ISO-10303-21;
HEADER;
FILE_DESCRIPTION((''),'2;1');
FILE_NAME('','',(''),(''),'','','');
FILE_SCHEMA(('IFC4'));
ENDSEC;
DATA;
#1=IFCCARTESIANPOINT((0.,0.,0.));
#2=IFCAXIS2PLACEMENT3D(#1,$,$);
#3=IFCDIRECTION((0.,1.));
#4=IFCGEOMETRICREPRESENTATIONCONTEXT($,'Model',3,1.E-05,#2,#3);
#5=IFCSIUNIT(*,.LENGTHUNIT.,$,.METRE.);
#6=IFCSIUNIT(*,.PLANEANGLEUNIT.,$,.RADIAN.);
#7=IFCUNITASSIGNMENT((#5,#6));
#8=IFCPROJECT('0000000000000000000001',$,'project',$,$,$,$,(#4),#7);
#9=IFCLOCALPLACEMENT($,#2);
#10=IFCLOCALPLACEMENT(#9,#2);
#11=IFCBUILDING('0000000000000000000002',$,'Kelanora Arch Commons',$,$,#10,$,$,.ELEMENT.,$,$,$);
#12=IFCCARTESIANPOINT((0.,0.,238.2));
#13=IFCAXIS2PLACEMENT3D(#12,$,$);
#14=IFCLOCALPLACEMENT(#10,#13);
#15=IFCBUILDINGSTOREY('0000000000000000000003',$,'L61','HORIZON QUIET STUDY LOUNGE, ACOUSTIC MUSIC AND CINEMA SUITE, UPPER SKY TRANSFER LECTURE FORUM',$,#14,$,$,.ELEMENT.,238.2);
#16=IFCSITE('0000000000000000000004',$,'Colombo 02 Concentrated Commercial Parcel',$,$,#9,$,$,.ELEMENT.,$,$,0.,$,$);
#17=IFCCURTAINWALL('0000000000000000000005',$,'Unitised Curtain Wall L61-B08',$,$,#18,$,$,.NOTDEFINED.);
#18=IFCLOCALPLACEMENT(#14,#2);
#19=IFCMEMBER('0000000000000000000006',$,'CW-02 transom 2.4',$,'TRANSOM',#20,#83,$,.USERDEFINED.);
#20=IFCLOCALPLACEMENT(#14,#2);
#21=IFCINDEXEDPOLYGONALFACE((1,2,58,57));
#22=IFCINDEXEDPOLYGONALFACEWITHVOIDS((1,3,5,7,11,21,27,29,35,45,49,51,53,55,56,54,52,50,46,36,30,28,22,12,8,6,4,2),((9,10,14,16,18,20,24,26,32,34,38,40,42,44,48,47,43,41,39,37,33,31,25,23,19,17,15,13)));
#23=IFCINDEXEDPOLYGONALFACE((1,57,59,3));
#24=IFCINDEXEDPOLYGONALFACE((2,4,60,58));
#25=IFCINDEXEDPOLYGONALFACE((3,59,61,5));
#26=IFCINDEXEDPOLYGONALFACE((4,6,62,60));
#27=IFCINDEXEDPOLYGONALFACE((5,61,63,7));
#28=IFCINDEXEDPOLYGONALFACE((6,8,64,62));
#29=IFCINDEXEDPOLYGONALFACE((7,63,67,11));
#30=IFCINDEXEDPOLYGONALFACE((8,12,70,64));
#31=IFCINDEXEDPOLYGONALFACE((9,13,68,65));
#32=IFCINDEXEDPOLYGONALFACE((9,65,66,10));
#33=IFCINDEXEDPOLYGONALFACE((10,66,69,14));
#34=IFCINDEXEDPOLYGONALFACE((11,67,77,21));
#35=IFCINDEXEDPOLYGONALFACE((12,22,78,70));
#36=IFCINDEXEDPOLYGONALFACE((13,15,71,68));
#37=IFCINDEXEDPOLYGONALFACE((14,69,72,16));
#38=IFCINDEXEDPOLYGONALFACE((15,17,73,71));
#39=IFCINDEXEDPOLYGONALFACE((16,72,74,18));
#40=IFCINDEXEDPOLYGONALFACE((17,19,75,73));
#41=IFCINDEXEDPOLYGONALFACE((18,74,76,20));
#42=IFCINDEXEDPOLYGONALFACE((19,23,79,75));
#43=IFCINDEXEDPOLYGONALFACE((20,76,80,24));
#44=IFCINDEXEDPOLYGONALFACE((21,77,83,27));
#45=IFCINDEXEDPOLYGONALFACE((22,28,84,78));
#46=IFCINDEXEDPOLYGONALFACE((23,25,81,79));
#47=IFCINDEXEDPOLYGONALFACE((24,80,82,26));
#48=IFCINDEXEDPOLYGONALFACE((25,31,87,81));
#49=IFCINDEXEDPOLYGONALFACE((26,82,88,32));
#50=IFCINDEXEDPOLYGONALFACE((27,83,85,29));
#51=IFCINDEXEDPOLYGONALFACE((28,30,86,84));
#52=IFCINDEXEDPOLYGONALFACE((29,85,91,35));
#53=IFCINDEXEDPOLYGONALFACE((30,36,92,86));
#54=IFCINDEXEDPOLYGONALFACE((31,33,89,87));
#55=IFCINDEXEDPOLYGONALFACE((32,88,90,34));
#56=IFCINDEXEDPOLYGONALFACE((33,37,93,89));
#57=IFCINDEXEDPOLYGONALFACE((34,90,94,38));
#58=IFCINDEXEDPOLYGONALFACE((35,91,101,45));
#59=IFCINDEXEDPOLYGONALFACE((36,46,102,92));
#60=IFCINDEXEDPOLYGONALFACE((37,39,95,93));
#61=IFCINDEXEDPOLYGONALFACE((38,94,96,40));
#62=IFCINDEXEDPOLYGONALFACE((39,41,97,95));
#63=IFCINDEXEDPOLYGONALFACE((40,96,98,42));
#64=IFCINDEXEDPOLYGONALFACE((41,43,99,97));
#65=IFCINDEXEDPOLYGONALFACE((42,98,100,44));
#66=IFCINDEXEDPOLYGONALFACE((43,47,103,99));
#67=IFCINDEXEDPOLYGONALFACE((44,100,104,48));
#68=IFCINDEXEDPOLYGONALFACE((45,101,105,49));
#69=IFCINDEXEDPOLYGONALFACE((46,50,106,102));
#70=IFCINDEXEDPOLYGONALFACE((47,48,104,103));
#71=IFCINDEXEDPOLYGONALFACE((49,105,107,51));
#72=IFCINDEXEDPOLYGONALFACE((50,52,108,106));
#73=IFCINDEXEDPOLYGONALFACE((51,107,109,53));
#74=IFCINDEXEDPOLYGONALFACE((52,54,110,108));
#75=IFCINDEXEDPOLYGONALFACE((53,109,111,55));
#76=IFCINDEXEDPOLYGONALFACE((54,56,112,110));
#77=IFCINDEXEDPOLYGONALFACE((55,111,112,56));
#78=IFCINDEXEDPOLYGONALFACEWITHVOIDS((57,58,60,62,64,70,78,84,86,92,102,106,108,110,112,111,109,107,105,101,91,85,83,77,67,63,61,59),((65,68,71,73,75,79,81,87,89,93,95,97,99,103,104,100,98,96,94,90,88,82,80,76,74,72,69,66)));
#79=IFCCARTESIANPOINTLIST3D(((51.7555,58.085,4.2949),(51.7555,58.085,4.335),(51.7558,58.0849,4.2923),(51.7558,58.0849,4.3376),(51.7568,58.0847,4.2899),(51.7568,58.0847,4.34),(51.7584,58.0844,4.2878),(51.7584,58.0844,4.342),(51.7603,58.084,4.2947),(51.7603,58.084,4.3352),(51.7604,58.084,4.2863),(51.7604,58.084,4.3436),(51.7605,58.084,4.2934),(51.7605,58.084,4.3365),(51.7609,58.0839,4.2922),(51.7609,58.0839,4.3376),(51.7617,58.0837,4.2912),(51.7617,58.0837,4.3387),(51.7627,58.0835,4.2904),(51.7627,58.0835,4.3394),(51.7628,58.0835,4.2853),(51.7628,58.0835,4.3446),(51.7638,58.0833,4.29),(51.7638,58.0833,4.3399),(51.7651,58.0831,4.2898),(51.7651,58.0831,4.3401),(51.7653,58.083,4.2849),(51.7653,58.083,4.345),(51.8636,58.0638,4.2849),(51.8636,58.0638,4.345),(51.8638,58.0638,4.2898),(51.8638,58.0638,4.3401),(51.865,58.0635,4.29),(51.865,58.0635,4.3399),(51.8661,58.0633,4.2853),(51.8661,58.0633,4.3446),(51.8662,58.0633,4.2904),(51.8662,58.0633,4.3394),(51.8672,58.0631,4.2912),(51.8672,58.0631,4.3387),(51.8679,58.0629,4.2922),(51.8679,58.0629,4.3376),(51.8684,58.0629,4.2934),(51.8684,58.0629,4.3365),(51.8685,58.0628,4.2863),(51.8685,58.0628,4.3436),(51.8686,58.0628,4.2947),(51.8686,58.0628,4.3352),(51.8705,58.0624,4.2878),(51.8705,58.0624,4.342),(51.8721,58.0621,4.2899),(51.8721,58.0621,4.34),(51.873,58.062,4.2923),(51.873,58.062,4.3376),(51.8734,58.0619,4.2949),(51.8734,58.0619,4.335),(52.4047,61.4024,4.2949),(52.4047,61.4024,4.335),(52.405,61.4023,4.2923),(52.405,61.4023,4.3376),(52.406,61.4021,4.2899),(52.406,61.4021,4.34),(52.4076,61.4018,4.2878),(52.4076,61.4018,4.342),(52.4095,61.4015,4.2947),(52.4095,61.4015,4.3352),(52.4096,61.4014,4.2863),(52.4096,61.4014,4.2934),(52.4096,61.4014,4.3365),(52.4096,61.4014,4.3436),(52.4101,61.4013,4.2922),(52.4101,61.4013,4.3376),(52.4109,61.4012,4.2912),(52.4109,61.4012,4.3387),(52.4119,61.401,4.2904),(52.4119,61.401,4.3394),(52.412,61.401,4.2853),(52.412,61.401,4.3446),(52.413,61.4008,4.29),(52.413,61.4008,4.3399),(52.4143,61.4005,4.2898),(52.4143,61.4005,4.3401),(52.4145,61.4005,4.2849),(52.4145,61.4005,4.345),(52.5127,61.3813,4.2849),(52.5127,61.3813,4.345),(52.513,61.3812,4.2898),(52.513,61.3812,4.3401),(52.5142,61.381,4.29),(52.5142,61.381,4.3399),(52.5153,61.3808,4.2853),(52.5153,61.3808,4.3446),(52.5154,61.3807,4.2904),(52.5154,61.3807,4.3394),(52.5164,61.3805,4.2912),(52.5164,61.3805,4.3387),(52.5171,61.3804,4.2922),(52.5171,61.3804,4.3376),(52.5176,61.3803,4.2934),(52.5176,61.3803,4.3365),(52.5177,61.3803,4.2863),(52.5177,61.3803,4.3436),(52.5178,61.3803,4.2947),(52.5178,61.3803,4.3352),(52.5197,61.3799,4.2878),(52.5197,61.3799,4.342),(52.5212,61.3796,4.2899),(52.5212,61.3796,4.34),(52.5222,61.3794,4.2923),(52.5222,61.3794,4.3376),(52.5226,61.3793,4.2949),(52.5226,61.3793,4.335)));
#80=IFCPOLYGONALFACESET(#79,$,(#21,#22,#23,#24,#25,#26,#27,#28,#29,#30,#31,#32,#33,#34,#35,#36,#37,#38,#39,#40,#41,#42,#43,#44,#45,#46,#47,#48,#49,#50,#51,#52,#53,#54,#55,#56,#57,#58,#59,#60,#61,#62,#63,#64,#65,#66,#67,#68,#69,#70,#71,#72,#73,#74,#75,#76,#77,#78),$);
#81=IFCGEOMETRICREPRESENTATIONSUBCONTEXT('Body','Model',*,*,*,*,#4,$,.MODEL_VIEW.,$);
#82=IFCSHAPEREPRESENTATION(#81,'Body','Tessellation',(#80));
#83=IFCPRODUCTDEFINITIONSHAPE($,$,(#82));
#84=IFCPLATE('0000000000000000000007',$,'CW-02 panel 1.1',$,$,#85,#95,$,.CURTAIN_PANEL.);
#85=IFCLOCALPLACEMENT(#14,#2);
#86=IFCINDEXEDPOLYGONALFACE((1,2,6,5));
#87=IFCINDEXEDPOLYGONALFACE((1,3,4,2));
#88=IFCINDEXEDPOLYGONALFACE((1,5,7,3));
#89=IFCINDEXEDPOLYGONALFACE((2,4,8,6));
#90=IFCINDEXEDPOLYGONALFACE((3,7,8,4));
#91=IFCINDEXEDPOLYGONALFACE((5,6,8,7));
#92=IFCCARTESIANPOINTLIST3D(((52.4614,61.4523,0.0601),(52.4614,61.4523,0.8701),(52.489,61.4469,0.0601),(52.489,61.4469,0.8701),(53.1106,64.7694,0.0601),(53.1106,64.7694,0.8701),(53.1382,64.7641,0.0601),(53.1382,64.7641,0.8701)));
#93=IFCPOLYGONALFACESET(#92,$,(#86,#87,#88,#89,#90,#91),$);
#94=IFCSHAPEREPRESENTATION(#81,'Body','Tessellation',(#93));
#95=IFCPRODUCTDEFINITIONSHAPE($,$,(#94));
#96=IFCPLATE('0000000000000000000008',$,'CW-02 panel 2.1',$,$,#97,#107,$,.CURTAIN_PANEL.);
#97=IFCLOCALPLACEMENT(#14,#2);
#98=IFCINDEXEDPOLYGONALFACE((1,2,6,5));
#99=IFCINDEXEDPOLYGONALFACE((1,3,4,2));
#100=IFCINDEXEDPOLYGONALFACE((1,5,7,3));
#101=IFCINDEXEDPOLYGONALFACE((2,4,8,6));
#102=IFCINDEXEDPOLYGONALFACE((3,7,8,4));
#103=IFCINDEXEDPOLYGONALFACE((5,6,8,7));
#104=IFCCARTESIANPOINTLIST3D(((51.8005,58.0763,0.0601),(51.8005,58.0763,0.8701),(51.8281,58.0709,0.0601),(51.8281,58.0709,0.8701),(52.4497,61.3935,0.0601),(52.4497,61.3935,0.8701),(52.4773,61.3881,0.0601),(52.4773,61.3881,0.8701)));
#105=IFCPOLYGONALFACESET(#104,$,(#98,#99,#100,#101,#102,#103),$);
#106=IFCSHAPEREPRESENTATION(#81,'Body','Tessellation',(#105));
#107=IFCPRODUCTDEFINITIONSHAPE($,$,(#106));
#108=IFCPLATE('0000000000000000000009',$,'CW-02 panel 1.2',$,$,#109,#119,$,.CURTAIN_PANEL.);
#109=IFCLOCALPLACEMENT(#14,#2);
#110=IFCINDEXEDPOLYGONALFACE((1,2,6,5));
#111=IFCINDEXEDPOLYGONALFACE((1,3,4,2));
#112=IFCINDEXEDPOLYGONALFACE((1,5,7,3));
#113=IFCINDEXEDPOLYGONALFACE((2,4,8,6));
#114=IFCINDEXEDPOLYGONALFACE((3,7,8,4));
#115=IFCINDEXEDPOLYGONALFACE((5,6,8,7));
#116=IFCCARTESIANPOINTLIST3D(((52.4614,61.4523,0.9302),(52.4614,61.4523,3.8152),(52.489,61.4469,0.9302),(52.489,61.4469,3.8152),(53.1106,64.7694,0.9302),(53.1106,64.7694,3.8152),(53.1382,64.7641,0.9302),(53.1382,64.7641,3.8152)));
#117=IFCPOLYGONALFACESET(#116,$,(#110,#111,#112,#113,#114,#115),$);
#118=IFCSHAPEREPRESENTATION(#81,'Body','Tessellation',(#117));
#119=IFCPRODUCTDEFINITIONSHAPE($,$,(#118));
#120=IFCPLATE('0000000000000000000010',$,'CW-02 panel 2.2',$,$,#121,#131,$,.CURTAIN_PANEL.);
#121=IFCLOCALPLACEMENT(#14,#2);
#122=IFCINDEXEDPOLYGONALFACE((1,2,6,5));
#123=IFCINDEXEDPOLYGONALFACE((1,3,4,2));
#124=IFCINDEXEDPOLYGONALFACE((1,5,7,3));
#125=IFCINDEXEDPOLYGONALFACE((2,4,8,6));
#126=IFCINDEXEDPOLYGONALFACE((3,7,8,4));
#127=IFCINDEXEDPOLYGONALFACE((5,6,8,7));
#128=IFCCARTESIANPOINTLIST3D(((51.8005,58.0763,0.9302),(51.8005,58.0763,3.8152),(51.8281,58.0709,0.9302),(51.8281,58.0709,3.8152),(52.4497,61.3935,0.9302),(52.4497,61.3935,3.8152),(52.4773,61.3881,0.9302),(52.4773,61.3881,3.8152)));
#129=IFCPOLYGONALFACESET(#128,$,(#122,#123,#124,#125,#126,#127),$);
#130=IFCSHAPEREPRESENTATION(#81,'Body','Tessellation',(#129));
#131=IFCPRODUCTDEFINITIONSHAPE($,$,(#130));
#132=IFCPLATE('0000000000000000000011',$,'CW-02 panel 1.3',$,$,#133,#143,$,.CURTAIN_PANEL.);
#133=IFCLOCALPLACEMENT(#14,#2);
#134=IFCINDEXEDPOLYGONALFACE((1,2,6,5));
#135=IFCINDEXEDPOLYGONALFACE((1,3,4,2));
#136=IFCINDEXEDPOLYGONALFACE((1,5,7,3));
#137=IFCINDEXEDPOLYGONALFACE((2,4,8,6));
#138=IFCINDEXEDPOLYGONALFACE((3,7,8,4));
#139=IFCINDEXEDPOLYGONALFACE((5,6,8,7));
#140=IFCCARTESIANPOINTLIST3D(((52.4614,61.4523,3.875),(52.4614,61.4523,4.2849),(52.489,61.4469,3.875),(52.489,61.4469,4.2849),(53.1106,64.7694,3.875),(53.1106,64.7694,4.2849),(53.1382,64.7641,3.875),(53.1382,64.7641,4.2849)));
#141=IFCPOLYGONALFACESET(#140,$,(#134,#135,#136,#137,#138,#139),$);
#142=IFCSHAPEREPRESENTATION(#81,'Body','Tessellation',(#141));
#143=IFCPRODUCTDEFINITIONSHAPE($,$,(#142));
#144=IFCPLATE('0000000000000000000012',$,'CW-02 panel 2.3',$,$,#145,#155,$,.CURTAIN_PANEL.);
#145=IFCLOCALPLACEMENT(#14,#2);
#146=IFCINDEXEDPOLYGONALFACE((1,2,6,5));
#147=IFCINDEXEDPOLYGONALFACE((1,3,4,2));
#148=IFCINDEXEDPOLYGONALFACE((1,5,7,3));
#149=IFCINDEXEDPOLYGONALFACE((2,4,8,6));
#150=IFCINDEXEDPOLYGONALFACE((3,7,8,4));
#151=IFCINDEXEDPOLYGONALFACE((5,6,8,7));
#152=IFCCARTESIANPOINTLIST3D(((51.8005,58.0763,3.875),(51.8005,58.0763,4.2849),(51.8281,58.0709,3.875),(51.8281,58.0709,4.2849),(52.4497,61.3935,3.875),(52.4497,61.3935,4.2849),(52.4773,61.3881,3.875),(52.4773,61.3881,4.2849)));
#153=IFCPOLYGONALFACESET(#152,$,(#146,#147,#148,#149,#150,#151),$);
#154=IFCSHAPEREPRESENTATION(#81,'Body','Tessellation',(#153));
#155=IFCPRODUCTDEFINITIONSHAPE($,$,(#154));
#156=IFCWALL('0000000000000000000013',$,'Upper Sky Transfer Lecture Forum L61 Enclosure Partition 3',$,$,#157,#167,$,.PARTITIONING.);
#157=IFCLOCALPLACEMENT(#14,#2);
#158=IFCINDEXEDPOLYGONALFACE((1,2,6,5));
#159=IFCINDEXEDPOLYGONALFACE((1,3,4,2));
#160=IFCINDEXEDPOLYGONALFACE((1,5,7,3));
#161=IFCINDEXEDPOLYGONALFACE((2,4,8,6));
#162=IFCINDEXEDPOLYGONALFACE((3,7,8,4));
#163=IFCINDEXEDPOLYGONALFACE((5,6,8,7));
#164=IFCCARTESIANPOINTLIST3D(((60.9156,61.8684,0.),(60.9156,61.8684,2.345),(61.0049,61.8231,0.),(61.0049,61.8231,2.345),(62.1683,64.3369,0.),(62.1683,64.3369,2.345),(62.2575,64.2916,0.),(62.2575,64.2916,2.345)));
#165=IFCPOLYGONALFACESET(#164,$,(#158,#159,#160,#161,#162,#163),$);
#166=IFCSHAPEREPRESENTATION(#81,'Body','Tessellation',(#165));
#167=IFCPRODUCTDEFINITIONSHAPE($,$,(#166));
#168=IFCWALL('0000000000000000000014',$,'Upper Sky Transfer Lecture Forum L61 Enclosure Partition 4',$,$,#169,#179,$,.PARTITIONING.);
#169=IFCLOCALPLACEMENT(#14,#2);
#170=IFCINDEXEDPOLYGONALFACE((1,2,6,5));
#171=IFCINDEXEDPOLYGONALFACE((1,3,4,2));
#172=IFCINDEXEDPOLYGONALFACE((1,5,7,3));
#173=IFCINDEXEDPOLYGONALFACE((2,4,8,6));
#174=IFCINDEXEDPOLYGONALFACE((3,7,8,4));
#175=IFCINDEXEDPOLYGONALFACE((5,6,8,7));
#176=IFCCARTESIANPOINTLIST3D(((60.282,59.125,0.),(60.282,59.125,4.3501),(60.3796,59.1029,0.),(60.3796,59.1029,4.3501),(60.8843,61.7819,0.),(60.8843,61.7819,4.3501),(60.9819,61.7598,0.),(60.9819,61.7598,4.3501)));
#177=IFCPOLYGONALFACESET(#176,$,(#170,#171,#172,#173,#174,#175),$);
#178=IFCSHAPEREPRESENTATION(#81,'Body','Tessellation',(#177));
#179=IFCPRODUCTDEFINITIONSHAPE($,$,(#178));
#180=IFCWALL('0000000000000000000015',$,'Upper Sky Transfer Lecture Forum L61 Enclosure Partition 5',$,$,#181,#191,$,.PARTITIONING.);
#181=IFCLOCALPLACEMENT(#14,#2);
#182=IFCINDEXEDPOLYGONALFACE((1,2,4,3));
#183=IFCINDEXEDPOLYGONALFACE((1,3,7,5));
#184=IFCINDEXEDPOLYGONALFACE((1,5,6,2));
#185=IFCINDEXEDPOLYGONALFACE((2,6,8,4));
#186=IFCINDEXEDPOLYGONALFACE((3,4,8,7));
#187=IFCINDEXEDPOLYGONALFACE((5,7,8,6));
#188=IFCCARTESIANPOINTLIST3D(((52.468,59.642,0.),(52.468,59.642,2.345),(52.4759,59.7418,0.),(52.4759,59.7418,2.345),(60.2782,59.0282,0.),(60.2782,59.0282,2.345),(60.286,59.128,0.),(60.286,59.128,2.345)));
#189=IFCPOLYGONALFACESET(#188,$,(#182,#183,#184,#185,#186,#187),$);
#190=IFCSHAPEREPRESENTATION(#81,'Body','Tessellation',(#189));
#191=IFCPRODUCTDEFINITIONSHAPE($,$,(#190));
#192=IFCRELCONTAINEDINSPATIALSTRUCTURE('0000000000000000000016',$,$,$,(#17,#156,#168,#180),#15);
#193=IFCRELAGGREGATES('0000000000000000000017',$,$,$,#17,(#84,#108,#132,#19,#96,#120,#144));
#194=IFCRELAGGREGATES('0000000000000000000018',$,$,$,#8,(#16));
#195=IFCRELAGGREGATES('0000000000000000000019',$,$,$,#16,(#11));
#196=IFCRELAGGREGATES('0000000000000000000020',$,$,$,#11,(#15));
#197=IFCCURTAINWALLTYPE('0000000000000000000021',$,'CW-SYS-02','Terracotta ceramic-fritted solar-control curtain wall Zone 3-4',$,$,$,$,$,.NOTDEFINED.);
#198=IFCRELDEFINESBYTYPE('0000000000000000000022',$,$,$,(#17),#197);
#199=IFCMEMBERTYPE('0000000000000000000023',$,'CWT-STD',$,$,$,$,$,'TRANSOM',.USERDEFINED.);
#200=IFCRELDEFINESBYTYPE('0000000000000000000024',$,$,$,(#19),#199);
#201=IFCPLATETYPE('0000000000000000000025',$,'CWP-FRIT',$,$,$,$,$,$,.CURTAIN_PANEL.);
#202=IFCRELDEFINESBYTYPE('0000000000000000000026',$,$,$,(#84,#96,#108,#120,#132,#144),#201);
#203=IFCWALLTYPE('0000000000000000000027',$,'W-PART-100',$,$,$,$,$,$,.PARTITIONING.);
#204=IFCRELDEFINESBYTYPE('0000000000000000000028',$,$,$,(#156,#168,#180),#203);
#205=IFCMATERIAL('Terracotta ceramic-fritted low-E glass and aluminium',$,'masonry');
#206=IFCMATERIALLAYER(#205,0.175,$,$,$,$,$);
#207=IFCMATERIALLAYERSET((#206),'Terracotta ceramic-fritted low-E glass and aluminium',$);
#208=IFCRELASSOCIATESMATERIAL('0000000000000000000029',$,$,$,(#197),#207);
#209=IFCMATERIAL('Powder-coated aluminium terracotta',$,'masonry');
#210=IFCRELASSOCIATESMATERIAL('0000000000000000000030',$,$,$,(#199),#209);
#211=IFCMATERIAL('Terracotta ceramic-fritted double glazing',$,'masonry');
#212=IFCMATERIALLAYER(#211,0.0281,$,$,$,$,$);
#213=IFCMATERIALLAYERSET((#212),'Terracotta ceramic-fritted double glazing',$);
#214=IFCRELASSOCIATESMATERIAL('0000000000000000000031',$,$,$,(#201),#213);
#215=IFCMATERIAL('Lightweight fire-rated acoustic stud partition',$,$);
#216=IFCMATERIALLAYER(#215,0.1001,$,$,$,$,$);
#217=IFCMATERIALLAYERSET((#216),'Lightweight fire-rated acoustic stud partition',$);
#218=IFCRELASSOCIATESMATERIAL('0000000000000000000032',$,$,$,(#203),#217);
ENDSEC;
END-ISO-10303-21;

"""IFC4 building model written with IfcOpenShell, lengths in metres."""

from ifc_helpers import new_model, si_unit, direction, frame, frame_2d, origin, origin_2d, place, context, subcontext, project, spatial, rectangle, hollow_rectangle, extrude, source, transform, mapped, material, layer, layer_set, material_profile, profile_set, type_object, element, aggregate, save


model = new_model("IFC4")

# Units and contexts
model_context = context("Model", 3, precision=1e-05, world=origin(), true_north=direction((0.0, 1.0)))
body_context = subcontext(model_context, "Body", "Model", "MODEL_VIEW")
ifc_project = project(units=[si_unit("LENGTHUNIT", "METRE"), si_unit("PLANEANGLEUNIT", "RADIAN")], contexts=[model_context])

# Site, building, storey
site_placement = place(None, origin())
site = spatial("IfcSite", under=ifc_project, at=site_placement, Name="Colombo 02 Concentrated Commercial Parcel", CompositionType="ELEMENT", RefElevation=0.0)
building_placement = place(site_placement, origin())
building = spatial("IfcBuilding", under=site, at=building_placement, Name="Kelanora Arch Commons", CompositionType="ELEMENT")
storey_placement = place(building_placement, frame((0.0, 0.0, 238.2)))
storey = spatial("IfcBuildingStorey", under=building, at=storey_placement, Name="L61", Description="HORIZON QUIET STUDY LOUNGE, ACOUSTIC MUSIC AND CINEMA SUITE, UPPER SKY TRANSFER LECTURE FORUM", CompositionType="ELEMENT", Elevation=238.2)

# Curtain wall, member, plates
ifc_material_1 = material(Name="Terracotta ceramic-fritted low-E glass and aluminium", Category="masonry")
ifc_layer_1 = layer(ifc_material_1, 0.175)
ifc_layer_set_1 = layer_set([ifc_layer_1], Name="Terracotta ceramic-fritted low-E glass and aluminium")
curtain_wall_type = type_object("IfcCurtainWallType", Name="CW-SYS-02", Description="Terracotta ceramic-fritted solar-control curtain wall Zone 3-4", PredefinedType="NOTDEFINED", material=ifc_layer_set_1)
curtain_wall_placement = place(storey_placement, origin())
curtain_wall = element("IfcCurtainWall", 1, at=curtain_wall_placement, inside=storey, type_object=curtain_wall_type, Name="Unitised Curtain Wall L61-B08", PredefinedType="NOTDEFINED")
ifc_material_2 = material(Name="Powder-coated aluminium terracotta", Category="masonry")
ifc_material_profile_1 = material_profile(ifc_material_2, hollow_rectangle(XDim=0.1201, YDim=0.0601, WallThickness=0.0049, InnerFilletRadius=0.0049, OuterFilletRadius=0.01, at=origin_2d()), Name="CWT120x60")
ifc_profile_set_1 = profile_set([ifc_material_profile_1], Name="Powder-coated aluminium terracotta")
member_type_1 = type_object("IfcMemberType", Name="CWT-STD", ElementType="TRANSOM", PredefinedType="USERDEFINED", material=ifc_profile_set_1)
member_1_placement = place(storey_placement, frame((52.4636, 61.3909, 4.3149), z_axis=(-0.192045, -0.981386, 0.0), x_axis=(0.981386, -0.192045, 0.0)))
member_1 = element("IfcMember", 2, at=member_1_placement, type_object=member_type_1, Name="CW-02 transom 2.4", ObjectType="TRANSOM", PredefinedType="USERDEFINED", context=body_context, shape_type="SweptSolid", body=[
    extrude(hollow_rectangle(XDim=0.1201, YDim=0.0601, WallThickness=0.0049, InnerFilletRadius=0.0049, OuterFilletRadius=0.01, at=origin_2d()), origin(), (0.0, 0.0, 1.0), 3.3804),
])
ifc_material_3 = material(Name="Terracotta ceramic-fritted double glazing", Category="masonry")
ifc_layer_2 = layer(ifc_material_3, 0.0281)
ifc_layer_set_2 = layer_set([ifc_layer_2], Name="Terracotta ceramic-fritted double glazing")
plate_type = type_object("IfcPlateType", Name="CWP-FRIT", PredefinedType="CURTAIN_PANEL", material=ifc_layer_set_2)
shared_shape_1 = source(origin(), body_context, "Body", "SweptSolid", [
    extrude(rectangle(XDim=3.3801, YDim=0.0281, at=origin_2d()), origin(), (0.0, 0.0, 1.0), 0.8101),
])
plate_1_placement = place(storey_placement, frame((52.7998, 63.1082, 0.0601), z_axis=(0.0, 0.0, 1.0), x_axis=(-0.192069, -0.981381, 0.0)))
plate_1 = element("IfcPlate", 3, at=plate_1_placement, type_object=plate_type, Name="CW-02 panel 1.1", PredefinedType="CURTAIN_PANEL", context=body_context, shape_type="MappedRepresentation", body=[
    mapped(shared_shape_1, transform((0.0, 0.0, 0.0), scale=1.0)),
])
plate_2_placement = place(storey_placement, frame((52.1389, 59.7322, 0.0601), z_axis=(0.0, 0.0, 1.0), x_axis=(-0.192069, -0.981381, 0.0)))
plate_2 = element("IfcPlate", 4, at=plate_2_placement, type_object=plate_type, Name="CW-02 panel 2.1", PredefinedType="CURTAIN_PANEL", context=body_context, shape_type="MappedRepresentation", body=[
    mapped(shared_shape_1, transform((0.0, 0.0, 0.0), scale=1.0)),
])
shared_shape_2 = source(origin(), body_context, "Body", "SweptSolid", [
    extrude(rectangle(XDim=3.3801, YDim=0.0281, at=origin_2d()), origin(), (0.0, 0.0, 1.0), 2.885),
])
plate_3_placement = place(storey_placement, frame((52.7998, 63.1082, 0.9302), z_axis=(0.0, 0.0, 1.0), x_axis=(-0.192069, -0.981381, 0.0)))
plate_3 = element("IfcPlate", 5, at=plate_3_placement, type_object=plate_type, Name="CW-02 panel 1.2", PredefinedType="CURTAIN_PANEL", context=body_context, shape_type="MappedRepresentation", body=[
    mapped(shared_shape_2, transform((0.0, 0.0, 0.0), scale=1.0)),
])
plate_4_placement = place(storey_placement, frame((52.1389, 59.7322, 0.9302), z_axis=(0.0, 0.0, 1.0), x_axis=(-0.192069, -0.981381, 0.0)))
plate_4 = element("IfcPlate", 6, at=plate_4_placement, type_object=plate_type, Name="CW-02 panel 2.2", PredefinedType="CURTAIN_PANEL", context=body_context, shape_type="MappedRepresentation", body=[
    mapped(shared_shape_2, transform((0.0, 0.0, 0.0), scale=1.0)),
])
shared_shape_3 = source(origin(), body_context, "Body", "SweptSolid", [
    extrude(rectangle(XDim=3.3801, YDim=0.0281, at=origin_2d()), origin(), (0.0, 0.0, 1.0), 0.4099),
])
plate_5_placement = place(storey_placement, frame((52.7998, 63.1082, 3.875), z_axis=(0.0, 0.0, 1.0), x_axis=(-0.192069, -0.981381, 0.0)))
plate_5 = element("IfcPlate", 7, at=plate_5_placement, type_object=plate_type, Name="CW-02 panel 1.3", PredefinedType="CURTAIN_PANEL", context=body_context, shape_type="MappedRepresentation", body=[
    mapped(shared_shape_3, transform((0.0, 0.0, 0.0), scale=1.0)),
])
plate_6_placement = place(storey_placement, frame((52.1389, 59.7322, 3.875), z_axis=(0.0, 0.0, 1.0), x_axis=(-0.192069, -0.981381, 0.0)))
plate_6 = element("IfcPlate", 8, at=plate_6_placement, type_object=plate_type, Name="CW-02 panel 2.3", PredefinedType="CURTAIN_PANEL", context=body_context, shape_type="MappedRepresentation", body=[
    mapped(shared_shape_3, transform((0.0, 0.0, 0.0), scale=1.0)),
])
aggregate(curtain_wall, [plate_1, plate_3, plate_5, member_1, plate_2, plate_4, plate_6])

# Walls
ifc_material_4 = material(Name="Lightweight fire-rated acoustic stud partition")
ifc_layer_3 = layer(ifc_material_4, 0.1001)
ifc_layer_set_3 = layer_set([ifc_layer_3], Name="Lightweight fire-rated acoustic stud partition")
wall_type = type_object("IfcWallType", Name="W-PART-100", PredefinedType="PARTITIONING", material=ifc_layer_set_3)
wall_1_placement = place(storey_placement, frame((62.2129, 64.3142, 0.0), z_axis=(0.0, 0.0, 1.0), x_axis=(-0.452533, -0.891748, 0.0)))
element("IfcWall", 9, at=wall_1_placement, inside=storey, type_object=wall_type, Name="Upper Sky Transfer Lecture Forum L61 Enclosure Partition 3", PredefinedType="PARTITIONING", context=body_context, shape_type="SweptSolid", body=[
    extrude(rectangle(XDim=2.7681, YDim=0.1001, at=frame_2d((1.384, 0.0))), origin(), (0.0, 0.0, 1.0), 2.345),
])
wall_2_placement = place(storey_placement, frame((60.9331, 61.771, 0.0), z_axis=(0.0, 0.0, 1.0), x_axis=(-0.221075, -0.975257, 0.0)))
element("IfcWall", 10, at=wall_2_placement, inside=storey, type_object=wall_type, Name="Upper Sky Transfer Lecture Forum L61 Enclosure Partition 4", PredefinedType="PARTITIONING", context=body_context, shape_type="SweptSolid", body=[
    extrude(rectangle(XDim=2.7244, YDim=0.1001, at=frame_2d((1.3623, 0.0))), origin(), (0.0, 0.0, 1.0), 4.3501),
])
wall_3_placement = place(storey_placement, frame((60.282, 59.0781, 0.0), z_axis=(0.0, 0.0, 1.0), x_axis=(-0.996926, 0.078346, 0.0)))
element("IfcWall", 11, at=wall_3_placement, inside=storey, type_object=wall_type, Name="Upper Sky Transfer Lecture Forum L61 Enclosure Partition 5", PredefinedType="PARTITIONING", context=body_context, shape_type="SweptSolid", body=[
    extrude(rectangle(XDim=7.8342, YDim=0.1001, at=frame_2d((3.917, 0.0))), origin(), (0.0, 0.0, 1.0), 2.345),
])

save(model, "model.ifc")
